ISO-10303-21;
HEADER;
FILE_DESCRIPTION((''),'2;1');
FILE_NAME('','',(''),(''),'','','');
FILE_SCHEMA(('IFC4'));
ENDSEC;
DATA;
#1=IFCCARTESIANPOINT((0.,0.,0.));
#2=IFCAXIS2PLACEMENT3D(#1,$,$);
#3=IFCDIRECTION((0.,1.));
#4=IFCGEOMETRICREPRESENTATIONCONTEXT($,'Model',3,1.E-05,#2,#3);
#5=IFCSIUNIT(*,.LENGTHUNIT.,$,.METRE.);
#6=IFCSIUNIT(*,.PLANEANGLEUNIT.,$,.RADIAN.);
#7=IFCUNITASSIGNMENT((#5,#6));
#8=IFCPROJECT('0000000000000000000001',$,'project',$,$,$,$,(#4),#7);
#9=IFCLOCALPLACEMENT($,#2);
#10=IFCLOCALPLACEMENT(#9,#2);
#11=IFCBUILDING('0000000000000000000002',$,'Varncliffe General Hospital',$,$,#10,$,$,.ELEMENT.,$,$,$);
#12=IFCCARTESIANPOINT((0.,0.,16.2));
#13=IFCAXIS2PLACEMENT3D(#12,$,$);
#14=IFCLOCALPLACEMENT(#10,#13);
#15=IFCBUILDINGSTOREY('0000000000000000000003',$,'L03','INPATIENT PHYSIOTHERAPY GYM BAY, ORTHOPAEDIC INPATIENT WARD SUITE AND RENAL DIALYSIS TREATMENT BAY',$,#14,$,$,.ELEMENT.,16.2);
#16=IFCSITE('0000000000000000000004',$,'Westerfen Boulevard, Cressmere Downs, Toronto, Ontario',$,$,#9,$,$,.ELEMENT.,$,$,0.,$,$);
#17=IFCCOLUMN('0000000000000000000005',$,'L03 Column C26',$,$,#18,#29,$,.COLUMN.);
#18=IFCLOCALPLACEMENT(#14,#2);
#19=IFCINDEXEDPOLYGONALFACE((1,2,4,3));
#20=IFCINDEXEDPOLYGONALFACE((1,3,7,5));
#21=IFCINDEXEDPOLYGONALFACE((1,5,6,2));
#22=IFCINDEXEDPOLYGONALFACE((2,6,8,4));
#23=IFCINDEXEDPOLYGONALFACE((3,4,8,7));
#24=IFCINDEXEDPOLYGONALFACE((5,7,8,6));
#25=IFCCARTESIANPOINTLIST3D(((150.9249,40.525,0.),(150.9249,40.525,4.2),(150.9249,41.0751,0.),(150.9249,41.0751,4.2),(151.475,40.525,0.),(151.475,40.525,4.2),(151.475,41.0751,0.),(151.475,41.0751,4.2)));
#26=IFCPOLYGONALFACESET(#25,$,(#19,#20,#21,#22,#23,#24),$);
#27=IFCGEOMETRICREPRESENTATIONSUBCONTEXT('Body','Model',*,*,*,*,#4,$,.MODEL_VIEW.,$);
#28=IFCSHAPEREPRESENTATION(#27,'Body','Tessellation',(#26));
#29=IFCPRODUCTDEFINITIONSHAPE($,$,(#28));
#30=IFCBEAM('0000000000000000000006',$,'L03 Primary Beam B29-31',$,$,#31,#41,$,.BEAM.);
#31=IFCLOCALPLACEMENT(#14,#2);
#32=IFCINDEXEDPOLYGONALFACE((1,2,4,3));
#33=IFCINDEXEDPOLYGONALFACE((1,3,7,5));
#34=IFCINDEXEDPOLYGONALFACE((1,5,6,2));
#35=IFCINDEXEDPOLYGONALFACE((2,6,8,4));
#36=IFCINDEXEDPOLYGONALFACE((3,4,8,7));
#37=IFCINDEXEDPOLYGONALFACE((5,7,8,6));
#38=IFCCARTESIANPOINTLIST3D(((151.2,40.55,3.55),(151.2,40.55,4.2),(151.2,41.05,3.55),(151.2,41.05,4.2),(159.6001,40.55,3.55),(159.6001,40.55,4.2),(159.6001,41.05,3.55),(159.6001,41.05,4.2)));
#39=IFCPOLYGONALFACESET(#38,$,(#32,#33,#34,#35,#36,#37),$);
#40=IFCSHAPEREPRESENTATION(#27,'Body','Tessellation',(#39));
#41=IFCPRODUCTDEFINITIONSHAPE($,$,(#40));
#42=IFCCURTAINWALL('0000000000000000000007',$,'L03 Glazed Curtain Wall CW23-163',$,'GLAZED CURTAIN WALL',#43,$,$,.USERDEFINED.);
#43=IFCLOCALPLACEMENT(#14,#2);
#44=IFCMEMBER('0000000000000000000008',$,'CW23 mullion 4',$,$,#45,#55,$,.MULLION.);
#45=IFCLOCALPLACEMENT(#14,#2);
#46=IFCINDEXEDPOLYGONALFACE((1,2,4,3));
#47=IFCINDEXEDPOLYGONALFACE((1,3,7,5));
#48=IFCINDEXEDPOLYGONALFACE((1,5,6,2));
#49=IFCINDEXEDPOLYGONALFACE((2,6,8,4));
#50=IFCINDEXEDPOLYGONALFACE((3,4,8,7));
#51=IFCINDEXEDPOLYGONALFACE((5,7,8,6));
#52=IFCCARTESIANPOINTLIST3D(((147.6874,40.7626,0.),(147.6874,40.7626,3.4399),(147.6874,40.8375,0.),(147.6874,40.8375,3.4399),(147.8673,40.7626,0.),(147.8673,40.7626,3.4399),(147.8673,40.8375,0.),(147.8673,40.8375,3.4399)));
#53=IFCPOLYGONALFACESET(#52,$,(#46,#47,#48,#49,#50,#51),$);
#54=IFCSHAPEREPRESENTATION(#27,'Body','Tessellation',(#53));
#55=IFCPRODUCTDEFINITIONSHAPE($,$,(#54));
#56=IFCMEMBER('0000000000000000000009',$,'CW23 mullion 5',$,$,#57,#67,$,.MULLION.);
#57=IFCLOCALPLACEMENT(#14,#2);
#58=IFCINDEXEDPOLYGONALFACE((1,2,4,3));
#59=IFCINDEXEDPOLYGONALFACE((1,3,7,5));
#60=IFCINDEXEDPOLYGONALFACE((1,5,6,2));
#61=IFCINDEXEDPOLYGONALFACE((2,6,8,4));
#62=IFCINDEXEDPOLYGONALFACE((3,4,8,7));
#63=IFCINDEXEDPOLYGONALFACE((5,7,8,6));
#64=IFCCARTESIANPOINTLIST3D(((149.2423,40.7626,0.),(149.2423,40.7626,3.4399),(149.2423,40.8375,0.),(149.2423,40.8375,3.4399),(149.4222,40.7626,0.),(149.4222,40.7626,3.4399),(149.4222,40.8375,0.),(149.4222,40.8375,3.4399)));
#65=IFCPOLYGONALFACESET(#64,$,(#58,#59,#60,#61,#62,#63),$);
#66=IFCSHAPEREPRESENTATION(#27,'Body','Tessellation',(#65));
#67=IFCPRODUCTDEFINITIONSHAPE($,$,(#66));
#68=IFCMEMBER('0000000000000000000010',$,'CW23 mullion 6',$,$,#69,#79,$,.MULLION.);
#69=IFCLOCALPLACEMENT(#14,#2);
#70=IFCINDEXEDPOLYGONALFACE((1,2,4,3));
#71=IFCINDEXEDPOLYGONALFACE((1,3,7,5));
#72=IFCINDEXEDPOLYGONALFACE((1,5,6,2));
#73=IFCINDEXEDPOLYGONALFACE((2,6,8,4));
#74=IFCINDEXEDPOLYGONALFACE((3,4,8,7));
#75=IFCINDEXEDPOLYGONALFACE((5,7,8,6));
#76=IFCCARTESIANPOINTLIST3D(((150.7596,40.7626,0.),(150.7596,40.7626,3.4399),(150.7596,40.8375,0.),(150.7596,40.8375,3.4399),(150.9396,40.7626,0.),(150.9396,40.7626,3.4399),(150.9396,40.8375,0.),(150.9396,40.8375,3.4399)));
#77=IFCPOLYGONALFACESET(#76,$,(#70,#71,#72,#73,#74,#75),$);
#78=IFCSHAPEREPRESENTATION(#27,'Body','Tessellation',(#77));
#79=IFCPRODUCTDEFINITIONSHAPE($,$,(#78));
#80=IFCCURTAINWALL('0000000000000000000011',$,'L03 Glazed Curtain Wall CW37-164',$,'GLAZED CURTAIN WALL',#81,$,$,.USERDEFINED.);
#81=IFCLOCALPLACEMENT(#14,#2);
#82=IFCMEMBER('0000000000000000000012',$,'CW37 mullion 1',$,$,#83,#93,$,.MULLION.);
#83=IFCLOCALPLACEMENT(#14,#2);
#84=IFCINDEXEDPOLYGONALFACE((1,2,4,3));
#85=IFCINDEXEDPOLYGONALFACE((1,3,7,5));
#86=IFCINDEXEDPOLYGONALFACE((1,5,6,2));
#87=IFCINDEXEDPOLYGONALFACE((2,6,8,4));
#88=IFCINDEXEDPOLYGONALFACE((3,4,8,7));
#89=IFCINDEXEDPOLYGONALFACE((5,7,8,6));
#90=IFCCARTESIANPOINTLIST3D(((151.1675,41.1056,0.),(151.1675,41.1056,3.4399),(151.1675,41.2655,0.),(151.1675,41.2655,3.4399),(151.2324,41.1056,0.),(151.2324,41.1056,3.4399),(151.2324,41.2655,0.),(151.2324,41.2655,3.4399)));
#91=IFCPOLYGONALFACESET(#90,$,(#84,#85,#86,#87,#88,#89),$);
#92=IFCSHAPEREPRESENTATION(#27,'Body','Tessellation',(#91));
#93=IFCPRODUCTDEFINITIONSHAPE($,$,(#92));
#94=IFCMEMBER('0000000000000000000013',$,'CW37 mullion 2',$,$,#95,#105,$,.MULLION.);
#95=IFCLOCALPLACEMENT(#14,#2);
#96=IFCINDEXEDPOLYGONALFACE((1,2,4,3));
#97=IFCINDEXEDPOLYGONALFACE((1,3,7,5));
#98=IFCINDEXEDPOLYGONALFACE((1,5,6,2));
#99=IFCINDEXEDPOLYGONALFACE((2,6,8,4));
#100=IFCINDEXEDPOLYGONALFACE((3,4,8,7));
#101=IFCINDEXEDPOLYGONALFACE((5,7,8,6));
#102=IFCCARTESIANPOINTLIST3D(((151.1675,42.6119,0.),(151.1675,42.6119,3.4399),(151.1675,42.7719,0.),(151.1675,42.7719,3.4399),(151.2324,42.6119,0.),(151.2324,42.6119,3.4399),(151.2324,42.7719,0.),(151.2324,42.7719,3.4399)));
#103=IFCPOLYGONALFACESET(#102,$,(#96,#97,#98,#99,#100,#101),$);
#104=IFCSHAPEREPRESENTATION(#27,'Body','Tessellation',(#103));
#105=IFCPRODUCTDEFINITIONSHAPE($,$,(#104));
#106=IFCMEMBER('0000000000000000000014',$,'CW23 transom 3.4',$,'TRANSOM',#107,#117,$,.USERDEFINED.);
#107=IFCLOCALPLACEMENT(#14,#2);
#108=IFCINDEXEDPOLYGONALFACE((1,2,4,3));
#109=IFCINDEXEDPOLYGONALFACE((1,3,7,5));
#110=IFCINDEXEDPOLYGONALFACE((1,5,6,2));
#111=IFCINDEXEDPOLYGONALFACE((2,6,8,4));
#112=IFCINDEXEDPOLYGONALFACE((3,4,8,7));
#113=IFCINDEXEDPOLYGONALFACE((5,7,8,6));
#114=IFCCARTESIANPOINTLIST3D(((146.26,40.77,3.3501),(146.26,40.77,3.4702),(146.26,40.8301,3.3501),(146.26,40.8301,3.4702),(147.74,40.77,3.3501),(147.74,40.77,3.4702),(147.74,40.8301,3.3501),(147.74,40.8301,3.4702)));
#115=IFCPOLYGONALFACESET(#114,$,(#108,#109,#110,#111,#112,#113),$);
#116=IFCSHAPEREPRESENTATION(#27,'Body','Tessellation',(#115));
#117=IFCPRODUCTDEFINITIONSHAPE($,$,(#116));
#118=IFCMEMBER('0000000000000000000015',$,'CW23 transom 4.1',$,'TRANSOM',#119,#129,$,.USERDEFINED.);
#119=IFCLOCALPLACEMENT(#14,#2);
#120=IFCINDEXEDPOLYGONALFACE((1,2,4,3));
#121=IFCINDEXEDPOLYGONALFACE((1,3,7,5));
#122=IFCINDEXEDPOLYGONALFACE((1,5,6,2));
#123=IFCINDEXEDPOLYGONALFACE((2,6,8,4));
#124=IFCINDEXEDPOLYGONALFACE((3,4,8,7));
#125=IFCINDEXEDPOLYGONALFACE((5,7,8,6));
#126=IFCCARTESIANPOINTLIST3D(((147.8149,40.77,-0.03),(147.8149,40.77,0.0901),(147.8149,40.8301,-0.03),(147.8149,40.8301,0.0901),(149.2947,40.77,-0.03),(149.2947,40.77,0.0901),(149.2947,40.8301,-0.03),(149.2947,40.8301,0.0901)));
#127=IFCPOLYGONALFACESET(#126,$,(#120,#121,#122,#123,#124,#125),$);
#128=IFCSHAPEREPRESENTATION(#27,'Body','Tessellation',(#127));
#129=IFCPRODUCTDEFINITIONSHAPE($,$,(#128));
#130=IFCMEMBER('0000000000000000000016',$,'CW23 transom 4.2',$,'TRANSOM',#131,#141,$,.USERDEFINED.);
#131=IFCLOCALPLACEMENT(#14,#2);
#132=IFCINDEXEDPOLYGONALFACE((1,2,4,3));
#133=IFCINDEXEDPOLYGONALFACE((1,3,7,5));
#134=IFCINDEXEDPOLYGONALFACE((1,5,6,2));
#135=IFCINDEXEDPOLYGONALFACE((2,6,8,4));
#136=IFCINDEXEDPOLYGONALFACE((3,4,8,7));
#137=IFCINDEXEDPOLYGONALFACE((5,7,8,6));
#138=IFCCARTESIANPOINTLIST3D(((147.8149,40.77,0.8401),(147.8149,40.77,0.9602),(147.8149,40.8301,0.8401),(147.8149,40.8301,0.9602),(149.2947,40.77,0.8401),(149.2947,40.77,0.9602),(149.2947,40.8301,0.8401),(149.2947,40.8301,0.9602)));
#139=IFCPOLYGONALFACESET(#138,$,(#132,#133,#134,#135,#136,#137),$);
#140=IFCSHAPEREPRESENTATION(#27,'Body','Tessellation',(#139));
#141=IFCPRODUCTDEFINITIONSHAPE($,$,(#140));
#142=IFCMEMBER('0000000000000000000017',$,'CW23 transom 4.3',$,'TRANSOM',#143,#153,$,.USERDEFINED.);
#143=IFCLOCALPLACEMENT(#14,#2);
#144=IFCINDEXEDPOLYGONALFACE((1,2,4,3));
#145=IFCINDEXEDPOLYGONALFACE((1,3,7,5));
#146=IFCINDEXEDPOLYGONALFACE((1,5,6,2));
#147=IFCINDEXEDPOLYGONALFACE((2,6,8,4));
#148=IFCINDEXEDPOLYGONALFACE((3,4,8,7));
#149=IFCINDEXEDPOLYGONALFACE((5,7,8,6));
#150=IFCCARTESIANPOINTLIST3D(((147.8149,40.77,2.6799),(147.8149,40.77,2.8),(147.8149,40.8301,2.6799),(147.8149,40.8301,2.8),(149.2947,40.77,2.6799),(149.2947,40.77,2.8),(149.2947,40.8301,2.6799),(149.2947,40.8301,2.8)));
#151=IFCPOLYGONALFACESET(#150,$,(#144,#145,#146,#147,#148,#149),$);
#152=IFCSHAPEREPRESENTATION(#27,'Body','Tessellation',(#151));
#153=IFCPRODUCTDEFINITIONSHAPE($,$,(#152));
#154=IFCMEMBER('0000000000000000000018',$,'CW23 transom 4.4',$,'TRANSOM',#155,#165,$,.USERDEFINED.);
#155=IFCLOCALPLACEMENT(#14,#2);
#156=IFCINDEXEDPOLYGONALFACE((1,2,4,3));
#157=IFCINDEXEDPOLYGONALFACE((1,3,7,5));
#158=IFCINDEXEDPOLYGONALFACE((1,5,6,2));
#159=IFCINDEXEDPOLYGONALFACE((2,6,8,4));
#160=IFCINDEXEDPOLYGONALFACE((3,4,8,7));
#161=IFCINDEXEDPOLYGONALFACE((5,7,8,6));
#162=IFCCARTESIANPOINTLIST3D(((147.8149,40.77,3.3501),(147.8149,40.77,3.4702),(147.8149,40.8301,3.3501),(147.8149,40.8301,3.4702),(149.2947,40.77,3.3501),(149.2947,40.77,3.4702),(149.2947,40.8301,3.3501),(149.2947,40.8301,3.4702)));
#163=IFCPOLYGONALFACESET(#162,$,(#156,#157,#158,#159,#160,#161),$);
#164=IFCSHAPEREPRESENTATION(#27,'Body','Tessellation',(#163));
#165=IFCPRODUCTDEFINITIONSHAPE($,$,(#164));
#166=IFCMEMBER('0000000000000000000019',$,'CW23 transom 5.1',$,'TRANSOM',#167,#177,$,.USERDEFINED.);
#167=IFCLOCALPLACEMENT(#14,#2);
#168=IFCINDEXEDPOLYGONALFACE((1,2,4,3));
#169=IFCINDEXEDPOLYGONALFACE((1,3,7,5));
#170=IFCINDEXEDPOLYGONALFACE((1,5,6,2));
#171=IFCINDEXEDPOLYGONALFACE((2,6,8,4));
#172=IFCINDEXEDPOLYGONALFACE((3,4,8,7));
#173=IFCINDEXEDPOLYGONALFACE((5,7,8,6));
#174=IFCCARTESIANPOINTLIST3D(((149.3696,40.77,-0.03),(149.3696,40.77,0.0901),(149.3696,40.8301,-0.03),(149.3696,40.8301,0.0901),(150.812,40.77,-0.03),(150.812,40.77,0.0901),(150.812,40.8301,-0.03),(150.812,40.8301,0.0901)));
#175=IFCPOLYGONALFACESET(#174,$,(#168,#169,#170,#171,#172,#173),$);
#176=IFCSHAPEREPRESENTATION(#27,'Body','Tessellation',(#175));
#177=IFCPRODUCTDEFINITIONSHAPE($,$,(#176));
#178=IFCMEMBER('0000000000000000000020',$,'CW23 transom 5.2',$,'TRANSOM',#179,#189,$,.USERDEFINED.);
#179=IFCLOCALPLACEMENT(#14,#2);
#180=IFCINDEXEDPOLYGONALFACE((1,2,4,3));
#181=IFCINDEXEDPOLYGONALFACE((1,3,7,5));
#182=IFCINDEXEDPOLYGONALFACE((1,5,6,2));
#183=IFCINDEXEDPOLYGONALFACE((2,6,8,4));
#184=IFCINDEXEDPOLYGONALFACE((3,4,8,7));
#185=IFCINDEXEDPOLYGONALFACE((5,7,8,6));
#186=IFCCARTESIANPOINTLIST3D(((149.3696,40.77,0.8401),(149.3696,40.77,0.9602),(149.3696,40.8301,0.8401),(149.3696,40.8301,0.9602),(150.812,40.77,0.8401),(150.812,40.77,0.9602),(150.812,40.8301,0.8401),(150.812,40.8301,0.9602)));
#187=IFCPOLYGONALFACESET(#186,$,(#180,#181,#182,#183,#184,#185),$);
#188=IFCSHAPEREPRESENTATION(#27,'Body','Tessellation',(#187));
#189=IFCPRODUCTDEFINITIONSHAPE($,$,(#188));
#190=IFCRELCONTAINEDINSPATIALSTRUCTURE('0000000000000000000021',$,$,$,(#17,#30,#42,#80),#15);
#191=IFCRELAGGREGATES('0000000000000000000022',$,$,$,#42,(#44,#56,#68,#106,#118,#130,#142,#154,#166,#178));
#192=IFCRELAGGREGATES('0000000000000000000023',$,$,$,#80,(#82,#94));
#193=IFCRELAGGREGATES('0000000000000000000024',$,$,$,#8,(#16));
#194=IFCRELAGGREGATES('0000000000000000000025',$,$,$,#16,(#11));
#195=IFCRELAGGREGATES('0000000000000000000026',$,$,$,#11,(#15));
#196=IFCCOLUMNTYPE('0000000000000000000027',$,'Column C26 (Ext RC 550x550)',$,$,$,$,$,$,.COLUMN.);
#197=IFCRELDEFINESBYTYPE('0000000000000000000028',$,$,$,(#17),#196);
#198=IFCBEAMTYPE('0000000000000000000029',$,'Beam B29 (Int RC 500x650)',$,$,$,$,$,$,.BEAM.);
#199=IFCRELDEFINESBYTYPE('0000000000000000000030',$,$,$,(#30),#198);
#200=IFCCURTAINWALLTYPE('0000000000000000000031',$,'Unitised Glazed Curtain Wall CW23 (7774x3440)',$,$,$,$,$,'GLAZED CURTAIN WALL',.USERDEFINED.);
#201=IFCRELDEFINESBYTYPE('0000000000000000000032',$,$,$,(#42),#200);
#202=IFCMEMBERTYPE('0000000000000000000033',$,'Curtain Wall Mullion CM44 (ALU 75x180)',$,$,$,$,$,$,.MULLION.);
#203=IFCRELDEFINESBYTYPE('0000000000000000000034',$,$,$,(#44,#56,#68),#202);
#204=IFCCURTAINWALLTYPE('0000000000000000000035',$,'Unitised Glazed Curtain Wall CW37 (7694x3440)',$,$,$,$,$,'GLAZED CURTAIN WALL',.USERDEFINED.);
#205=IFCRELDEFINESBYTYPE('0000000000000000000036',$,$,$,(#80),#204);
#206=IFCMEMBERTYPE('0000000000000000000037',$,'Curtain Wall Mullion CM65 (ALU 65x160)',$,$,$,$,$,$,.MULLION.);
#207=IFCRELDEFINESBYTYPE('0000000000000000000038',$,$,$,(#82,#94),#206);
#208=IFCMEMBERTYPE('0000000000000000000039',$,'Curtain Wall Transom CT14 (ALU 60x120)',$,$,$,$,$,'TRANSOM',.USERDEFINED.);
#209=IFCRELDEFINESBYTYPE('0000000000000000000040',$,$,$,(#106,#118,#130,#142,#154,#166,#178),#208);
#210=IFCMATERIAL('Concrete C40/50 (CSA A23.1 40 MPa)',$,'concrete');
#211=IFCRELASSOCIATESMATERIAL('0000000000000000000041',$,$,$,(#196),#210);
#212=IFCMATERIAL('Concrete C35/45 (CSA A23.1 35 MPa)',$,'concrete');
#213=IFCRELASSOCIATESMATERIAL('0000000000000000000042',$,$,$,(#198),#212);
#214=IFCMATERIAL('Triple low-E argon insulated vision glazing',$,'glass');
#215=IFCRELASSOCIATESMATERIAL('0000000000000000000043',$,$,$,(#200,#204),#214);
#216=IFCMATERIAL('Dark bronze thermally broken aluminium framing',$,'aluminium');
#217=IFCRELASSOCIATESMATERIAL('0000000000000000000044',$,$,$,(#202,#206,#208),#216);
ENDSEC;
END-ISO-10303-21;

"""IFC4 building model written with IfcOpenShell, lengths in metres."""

from ifc_helpers import new_model, si_unit, direction, frame, origin, origin_2d, place, context, subcontext, project, spatial, rectangle, extrude, material, material_profile, profile_set, type_object, element, aggregate, save


model = new_model("IFC4")

# Units and contexts
model_context = context("Model", 3, precision=1e-05, world=origin(), true_north=direction((0.0, 1.0)))
body_context = subcontext(model_context, "Body", "Model", "MODEL_VIEW")
ifc_project = project(units=[si_unit("LENGTHUNIT", "METRE"), si_unit("PLANEANGLEUNIT", "RADIAN")], contexts=[model_context])

# Site, building, storey
site_placement = place(None, origin())
site = spatial("IfcSite", under=ifc_project, at=site_placement, Name="Westerfen Boulevard, Cressmere Downs, Toronto, Ontario", CompositionType="ELEMENT", RefElevation=0.0)
building_placement = place(site_placement, origin())
building = spatial("IfcBuilding", under=site, at=building_placement, Name="Varncliffe General Hospital", CompositionType="ELEMENT")
storey_placement = place(building_placement, frame((0.0, 0.0, 16.2)))
storey = spatial("IfcBuildingStorey", under=building, at=storey_placement, Name="L03", Description="INPATIENT PHYSIOTHERAPY GYM BAY, ORTHOPAEDIC INPATIENT WARD SUITE AND RENAL DIALYSIS TREATMENT BAY", CompositionType="ELEMENT", Elevation=16.2)

# Column
ifc_material_1 = material(Name="Concrete C40/50 (CSA A23.1 40 MPa)", Category="concrete")
ifc_material_profile_1 = material_profile(ifc_material_1, rectangle(XDim=0.55, YDim=0.55, at=origin_2d()), Name="RC 550x550")
ifc_profile_set_1 = profile_set([ifc_material_profile_1], Name="Concrete C40/50 (CSA A23.1 40 MPa)")
column_type = type_object("IfcColumnType", Name="Column C26 (Ext RC 550x550)", PredefinedType="COLUMN", material=ifc_profile_set_1)
column_placement = place(storey_placement, frame((151.2, 40.8, 0.0), z_axis=(0.0, 0.0, 1.0), x_axis=(1.0, 0.0, 0.0)))
element("IfcColumn", 1, at=column_placement, inside=storey, type_object=column_type, Name="L03 Column C26", PredefinedType="COLUMN", context=body_context, shape_type="SweptSolid", body=[
    extrude(rectangle(XDim=0.55, YDim=0.55, at=origin_2d()), origin(), (0.0, 0.0, 1.0), 4.2),
])

# Beam
ifc_material_2 = material(Name="Concrete C35/45 (CSA A23.1 35 MPa)", Category="concrete")
ifc_material_profile_2 = material_profile(ifc_material_2, rectangle(XDim=0.5, YDim=0.6499, at=origin_2d()), Name="RC 500x650")
ifc_profile_set_2 = profile_set([ifc_material_profile_2], Name="Concrete C35/45 (CSA A23.1 35 MPa)")
beam_type_1 = type_object("IfcBeamType", Name="Beam B29 (Int RC 500x650)", PredefinedType="BEAM", material=ifc_profile_set_2)
beam_1_placement = place(storey_placement, frame((151.2, 40.8, 3.875), z_axis=(1.0, 0.0, 0.0), x_axis=(0.0, 1.0, 0.0)))
element("IfcBeam", 2, at=beam_1_placement, inside=storey, type_object=beam_type_1, Name="L03 Primary Beam B29-31", PredefinedType="BEAM", context=body_context, shape_type="SweptSolid", body=[
    extrude(rectangle(XDim=0.5, YDim=0.6499, at=origin_2d()), origin(), (0.0, 0.0, 1.0), 8.4001),
])

# Curtain walls, members
ifc_material_3 = material(Name="Triple low-E argon insulated vision glazing", Category="glass")
curtain_wall_type_1 = type_object("IfcCurtainWallType", Name="Unitised Glazed Curtain Wall CW23 (7774x3440)", ElementType="GLAZED CURTAIN WALL", PredefinedType="USERDEFINED", material=ifc_material_3)
curtain_wall_1_placement = place(storey_placement, origin())
curtain_wall_1 = element("IfcCurtainWall", 3, at=curtain_wall_1_placement, inside=storey, type_object=curtain_wall_type_1, Name="L03 Glazed Curtain Wall CW23-163", ObjectType="GLAZED CURTAIN WALL", PredefinedType="USERDEFINED")
ifc_material_4 = material(Name="Dark bronze thermally broken aluminium framing", Category="aluminium")
ifc_material_profile_3 = material_profile(ifc_material_4, rectangle(XDim=0.075, YDim=0.1799, at=origin_2d()), Name="ALU 75x180")
ifc_profile_set_3 = profile_set([ifc_material_profile_3], Name="Dark bronze thermally broken aluminium framing")
member_type_1 = type_object("IfcMemberType", Name="Curtain Wall Mullion CM44 (ALU 75x180)", PredefinedType="MULLION", material=ifc_profile_set_3)
member_1_placement = place(storey_placement, frame((147.7773, 40.8, 0.0), z_axis=(0.0, 0.0, 1.0), x_axis=(0.0, 1.0, 0.0)))
member_1 = element("IfcMember", 4, at=member_1_placement, type_object=member_type_1, Name="CW23 mullion 4", PredefinedType="MULLION", context=body_context, shape_type="SweptSolid", body=[
    extrude(rectangle(XDim=0.075, YDim=0.1799, at=origin_2d()), origin(), (0.0, 0.0, 1.0), 3.4399),
])
member_2_placement = place(storey_placement, frame((149.3323, 40.8, 0.0), z_axis=(0.0, 0.0, 1.0), x_axis=(0.0, 1.0, 0.0)))
member_2 = element("IfcMember", 5, at=member_2_placement, type_object=member_type_1, Name="CW23 mullion 5", PredefinedType="MULLION", context=body_context, shape_type="SweptSolid", body=[
    extrude(rectangle(XDim=0.075, YDim=0.1799, at=origin_2d()), origin(), (0.0, 0.0, 1.0), 3.4399),
])
member_3_placement = place(storey_placement, frame((150.8496, 40.8, 0.0), z_axis=(0.0, 0.0, 1.0), x_axis=(0.0, 1.0, 0.0)))
member_3 = element("IfcMember", 6, at=member_3_placement, type_object=member_type_1, Name="CW23 mullion 6", PredefinedType="MULLION", context=body_context, shape_type="SweptSolid", body=[
    extrude(rectangle(XDim=0.075, YDim=0.1799, at=origin_2d()), origin(), (0.0, 0.0, 1.0), 3.4399),
])
curtain_wall_type_2 = type_object("IfcCurtainWallType", Name="Unitised Glazed Curtain Wall CW37 (7694x3440)", ElementType="GLAZED CURTAIN WALL", PredefinedType="USERDEFINED", material=ifc_material_3)
curtain_wall_2_placement = place(storey_placement, origin())
curtain_wall_2 = element("IfcCurtainWall", 7, at=curtain_wall_2_placement, inside=storey, type_object=curtain_wall_type_2, Name="L03 Glazed Curtain Wall CW37-164", ObjectType="GLAZED CURTAIN WALL", PredefinedType="USERDEFINED")
ifc_material_profile_4 = material_profile(ifc_material_4, rectangle(XDim=0.0649, YDim=0.1599, at=origin_2d()), Name="ALU 65x160")
ifc_profile_set_4 = profile_set([ifc_material_profile_4], Name="Dark bronze thermally broken aluminium framing")
member_type_2 = type_object("IfcMemberType", Name="Curtain Wall Mullion CM65 (ALU 65x160)", PredefinedType="MULLION", material=ifc_profile_set_4)
member_4_placement = place(storey_placement, frame((151.2, 41.1855, 0.0), z_axis=(0.0, 0.0, 1.0), x_axis=(-1.0, 0.0, 0.0)))
member_4 = element("IfcMember", 8, at=member_4_placement, type_object=member_type_2, Name="CW37 mullion 1", PredefinedType="MULLION", context=body_context, shape_type="SweptSolid", body=[
    extrude(rectangle(XDim=0.0649, YDim=0.1599, at=origin_2d()), origin(), (0.0, 0.0, 1.0), 3.4399),
])
member_5_placement = place(storey_placement, frame((151.2, 42.6919, 0.0), z_axis=(0.0, 0.0, 1.0), x_axis=(-1.0, 0.0, 0.0)))
member_5 = element("IfcMember", 9, at=member_5_placement, type_object=member_type_2, Name="CW37 mullion 2", PredefinedType="MULLION", context=body_context, shape_type="SweptSolid", body=[
    extrude(rectangle(XDim=0.0649, YDim=0.1599, at=origin_2d()), origin(), (0.0, 0.0, 1.0), 3.4399),
])

# Members
ifc_material_profile_5 = material_profile(ifc_material_4, rectangle(XDim=0.0601, YDim=0.1201, at=origin_2d()), Name="ALU 60x120")
ifc_profile_set_5 = profile_set([ifc_material_profile_5], Name="Dark bronze thermally broken aluminium framing")
member_type_3 = type_object("IfcMemberType", Name="Curtain Wall Transom CT14 (ALU 60x120)", ElementType="TRANSOM", PredefinedType="USERDEFINED", material=ifc_profile_set_5)
member_6_placement = place(storey_placement, frame((146.26, 40.8, 3.4102), z_axis=(1.0, 0.0, 0.0), x_axis=(0.0, 1.0, 0.0)))
member_6 = element("IfcMember", 10, at=member_6_placement, type_object=member_type_3, Name="CW23 transom 3.4", ObjectType="TRANSOM", PredefinedType="USERDEFINED", context=body_context, shape_type="SweptSolid", body=[
    extrude(rectangle(XDim=0.0601, YDim=0.1201, at=origin_2d()), origin(), (0.0, 0.0, 1.0), 1.48),
])
member_7_placement = place(storey_placement, frame((147.8149, 40.8, 0.03), z_axis=(1.0, 0.0, 0.0), x_axis=(0.0, 1.0, 0.0)))
member_7 = element("IfcMember", 11, at=member_7_placement, type_object=member_type_3, Name="CW23 transom 4.1", ObjectType="TRANSOM", PredefinedType="USERDEFINED", context=body_context, shape_type="SweptSolid", body=[
    extrude(rectangle(XDim=0.0601, YDim=0.1201, at=origin_2d()), origin(), (0.0, 0.0, 1.0), 1.4797),
])
member_8_placement = place(storey_placement, frame((147.8149, 40.8, 0.9001), z_axis=(1.0, 0.0, 0.0), x_axis=(0.0, 1.0, 0.0)))
member_8 = element("IfcMember", 12, at=member_8_placement, type_object=member_type_3, Name="CW23 transom 4.2", ObjectType="TRANSOM", PredefinedType="USERDEFINED", context=body_context, shape_type="SweptSolid", body=[
    extrude(rectangle(XDim=0.0601, YDim=0.1201, at=origin_2d()), origin(), (0.0, 0.0, 1.0), 1.4797),
])
member_9_placement = place(storey_placement, frame((147.8149, 40.8, 2.74), z_axis=(1.0, 0.0, 0.0), x_axis=(0.0, 1.0, 0.0)))
member_9 = element("IfcMember", 13, at=member_9_placement, type_object=member_type_3, Name="CW23 transom 4.3", ObjectType="TRANSOM", PredefinedType="USERDEFINED", context=body_context, shape_type="SweptSolid", body=[
    extrude(rectangle(XDim=0.0601, YDim=0.1201, at=origin_2d()), origin(), (0.0, 0.0, 1.0), 1.4797),
])
member_10_placement = place(storey_placement, frame((147.8149, 40.8, 3.4102), z_axis=(1.0, 0.0, 0.0), x_axis=(0.0, 1.0, 0.0)))
member_10 = element("IfcMember", 14, at=member_10_placement, type_object=member_type_3, Name="CW23 transom 4.4", ObjectType="TRANSOM", PredefinedType="USERDEFINED", context=body_context, shape_type="SweptSolid", body=[
    extrude(rectangle(XDim=0.0601, YDim=0.1201, at=origin_2d()), origin(), (0.0, 0.0, 1.0), 1.4797),
])
member_11_placement = place(storey_placement, frame((149.3696, 40.8, 0.03), z_axis=(1.0, 0.0, 0.0), x_axis=(0.0, 1.0, 0.0)))
member_11 = element("IfcMember", 15, at=member_11_placement, type_object=member_type_3, Name="CW23 transom 5.1", ObjectType="TRANSOM", PredefinedType="USERDEFINED", context=body_context, shape_type="SweptSolid", body=[
    extrude(rectangle(XDim=0.0601, YDim=0.1201, at=origin_2d()), origin(), (0.0, 0.0, 1.0), 1.4424),
])
member_12_placement = place(storey_placement, frame((149.3696, 40.8, 0.9001), z_axis=(1.0, 0.0, 0.0), x_axis=(0.0, 1.0, 0.0)))
member_12 = element("IfcMember", 16, at=member_12_placement, type_object=member_type_3, Name="CW23 transom 5.2", ObjectType="TRANSOM", PredefinedType="USERDEFINED", context=body_context, shape_type="SweptSolid", body=[
    extrude(rectangle(XDim=0.0601, YDim=0.1201, at=origin_2d()), origin(), (0.0, 0.0, 1.0), 1.4424),
])

aggregate(curtain_wall_1, [member_1, member_2, member_3, member_6, member_7, member_8, member_9, member_10, member_11, member_12])
aggregate(curtain_wall_2, [member_4, member_5])

save(model, "model.ifc")
